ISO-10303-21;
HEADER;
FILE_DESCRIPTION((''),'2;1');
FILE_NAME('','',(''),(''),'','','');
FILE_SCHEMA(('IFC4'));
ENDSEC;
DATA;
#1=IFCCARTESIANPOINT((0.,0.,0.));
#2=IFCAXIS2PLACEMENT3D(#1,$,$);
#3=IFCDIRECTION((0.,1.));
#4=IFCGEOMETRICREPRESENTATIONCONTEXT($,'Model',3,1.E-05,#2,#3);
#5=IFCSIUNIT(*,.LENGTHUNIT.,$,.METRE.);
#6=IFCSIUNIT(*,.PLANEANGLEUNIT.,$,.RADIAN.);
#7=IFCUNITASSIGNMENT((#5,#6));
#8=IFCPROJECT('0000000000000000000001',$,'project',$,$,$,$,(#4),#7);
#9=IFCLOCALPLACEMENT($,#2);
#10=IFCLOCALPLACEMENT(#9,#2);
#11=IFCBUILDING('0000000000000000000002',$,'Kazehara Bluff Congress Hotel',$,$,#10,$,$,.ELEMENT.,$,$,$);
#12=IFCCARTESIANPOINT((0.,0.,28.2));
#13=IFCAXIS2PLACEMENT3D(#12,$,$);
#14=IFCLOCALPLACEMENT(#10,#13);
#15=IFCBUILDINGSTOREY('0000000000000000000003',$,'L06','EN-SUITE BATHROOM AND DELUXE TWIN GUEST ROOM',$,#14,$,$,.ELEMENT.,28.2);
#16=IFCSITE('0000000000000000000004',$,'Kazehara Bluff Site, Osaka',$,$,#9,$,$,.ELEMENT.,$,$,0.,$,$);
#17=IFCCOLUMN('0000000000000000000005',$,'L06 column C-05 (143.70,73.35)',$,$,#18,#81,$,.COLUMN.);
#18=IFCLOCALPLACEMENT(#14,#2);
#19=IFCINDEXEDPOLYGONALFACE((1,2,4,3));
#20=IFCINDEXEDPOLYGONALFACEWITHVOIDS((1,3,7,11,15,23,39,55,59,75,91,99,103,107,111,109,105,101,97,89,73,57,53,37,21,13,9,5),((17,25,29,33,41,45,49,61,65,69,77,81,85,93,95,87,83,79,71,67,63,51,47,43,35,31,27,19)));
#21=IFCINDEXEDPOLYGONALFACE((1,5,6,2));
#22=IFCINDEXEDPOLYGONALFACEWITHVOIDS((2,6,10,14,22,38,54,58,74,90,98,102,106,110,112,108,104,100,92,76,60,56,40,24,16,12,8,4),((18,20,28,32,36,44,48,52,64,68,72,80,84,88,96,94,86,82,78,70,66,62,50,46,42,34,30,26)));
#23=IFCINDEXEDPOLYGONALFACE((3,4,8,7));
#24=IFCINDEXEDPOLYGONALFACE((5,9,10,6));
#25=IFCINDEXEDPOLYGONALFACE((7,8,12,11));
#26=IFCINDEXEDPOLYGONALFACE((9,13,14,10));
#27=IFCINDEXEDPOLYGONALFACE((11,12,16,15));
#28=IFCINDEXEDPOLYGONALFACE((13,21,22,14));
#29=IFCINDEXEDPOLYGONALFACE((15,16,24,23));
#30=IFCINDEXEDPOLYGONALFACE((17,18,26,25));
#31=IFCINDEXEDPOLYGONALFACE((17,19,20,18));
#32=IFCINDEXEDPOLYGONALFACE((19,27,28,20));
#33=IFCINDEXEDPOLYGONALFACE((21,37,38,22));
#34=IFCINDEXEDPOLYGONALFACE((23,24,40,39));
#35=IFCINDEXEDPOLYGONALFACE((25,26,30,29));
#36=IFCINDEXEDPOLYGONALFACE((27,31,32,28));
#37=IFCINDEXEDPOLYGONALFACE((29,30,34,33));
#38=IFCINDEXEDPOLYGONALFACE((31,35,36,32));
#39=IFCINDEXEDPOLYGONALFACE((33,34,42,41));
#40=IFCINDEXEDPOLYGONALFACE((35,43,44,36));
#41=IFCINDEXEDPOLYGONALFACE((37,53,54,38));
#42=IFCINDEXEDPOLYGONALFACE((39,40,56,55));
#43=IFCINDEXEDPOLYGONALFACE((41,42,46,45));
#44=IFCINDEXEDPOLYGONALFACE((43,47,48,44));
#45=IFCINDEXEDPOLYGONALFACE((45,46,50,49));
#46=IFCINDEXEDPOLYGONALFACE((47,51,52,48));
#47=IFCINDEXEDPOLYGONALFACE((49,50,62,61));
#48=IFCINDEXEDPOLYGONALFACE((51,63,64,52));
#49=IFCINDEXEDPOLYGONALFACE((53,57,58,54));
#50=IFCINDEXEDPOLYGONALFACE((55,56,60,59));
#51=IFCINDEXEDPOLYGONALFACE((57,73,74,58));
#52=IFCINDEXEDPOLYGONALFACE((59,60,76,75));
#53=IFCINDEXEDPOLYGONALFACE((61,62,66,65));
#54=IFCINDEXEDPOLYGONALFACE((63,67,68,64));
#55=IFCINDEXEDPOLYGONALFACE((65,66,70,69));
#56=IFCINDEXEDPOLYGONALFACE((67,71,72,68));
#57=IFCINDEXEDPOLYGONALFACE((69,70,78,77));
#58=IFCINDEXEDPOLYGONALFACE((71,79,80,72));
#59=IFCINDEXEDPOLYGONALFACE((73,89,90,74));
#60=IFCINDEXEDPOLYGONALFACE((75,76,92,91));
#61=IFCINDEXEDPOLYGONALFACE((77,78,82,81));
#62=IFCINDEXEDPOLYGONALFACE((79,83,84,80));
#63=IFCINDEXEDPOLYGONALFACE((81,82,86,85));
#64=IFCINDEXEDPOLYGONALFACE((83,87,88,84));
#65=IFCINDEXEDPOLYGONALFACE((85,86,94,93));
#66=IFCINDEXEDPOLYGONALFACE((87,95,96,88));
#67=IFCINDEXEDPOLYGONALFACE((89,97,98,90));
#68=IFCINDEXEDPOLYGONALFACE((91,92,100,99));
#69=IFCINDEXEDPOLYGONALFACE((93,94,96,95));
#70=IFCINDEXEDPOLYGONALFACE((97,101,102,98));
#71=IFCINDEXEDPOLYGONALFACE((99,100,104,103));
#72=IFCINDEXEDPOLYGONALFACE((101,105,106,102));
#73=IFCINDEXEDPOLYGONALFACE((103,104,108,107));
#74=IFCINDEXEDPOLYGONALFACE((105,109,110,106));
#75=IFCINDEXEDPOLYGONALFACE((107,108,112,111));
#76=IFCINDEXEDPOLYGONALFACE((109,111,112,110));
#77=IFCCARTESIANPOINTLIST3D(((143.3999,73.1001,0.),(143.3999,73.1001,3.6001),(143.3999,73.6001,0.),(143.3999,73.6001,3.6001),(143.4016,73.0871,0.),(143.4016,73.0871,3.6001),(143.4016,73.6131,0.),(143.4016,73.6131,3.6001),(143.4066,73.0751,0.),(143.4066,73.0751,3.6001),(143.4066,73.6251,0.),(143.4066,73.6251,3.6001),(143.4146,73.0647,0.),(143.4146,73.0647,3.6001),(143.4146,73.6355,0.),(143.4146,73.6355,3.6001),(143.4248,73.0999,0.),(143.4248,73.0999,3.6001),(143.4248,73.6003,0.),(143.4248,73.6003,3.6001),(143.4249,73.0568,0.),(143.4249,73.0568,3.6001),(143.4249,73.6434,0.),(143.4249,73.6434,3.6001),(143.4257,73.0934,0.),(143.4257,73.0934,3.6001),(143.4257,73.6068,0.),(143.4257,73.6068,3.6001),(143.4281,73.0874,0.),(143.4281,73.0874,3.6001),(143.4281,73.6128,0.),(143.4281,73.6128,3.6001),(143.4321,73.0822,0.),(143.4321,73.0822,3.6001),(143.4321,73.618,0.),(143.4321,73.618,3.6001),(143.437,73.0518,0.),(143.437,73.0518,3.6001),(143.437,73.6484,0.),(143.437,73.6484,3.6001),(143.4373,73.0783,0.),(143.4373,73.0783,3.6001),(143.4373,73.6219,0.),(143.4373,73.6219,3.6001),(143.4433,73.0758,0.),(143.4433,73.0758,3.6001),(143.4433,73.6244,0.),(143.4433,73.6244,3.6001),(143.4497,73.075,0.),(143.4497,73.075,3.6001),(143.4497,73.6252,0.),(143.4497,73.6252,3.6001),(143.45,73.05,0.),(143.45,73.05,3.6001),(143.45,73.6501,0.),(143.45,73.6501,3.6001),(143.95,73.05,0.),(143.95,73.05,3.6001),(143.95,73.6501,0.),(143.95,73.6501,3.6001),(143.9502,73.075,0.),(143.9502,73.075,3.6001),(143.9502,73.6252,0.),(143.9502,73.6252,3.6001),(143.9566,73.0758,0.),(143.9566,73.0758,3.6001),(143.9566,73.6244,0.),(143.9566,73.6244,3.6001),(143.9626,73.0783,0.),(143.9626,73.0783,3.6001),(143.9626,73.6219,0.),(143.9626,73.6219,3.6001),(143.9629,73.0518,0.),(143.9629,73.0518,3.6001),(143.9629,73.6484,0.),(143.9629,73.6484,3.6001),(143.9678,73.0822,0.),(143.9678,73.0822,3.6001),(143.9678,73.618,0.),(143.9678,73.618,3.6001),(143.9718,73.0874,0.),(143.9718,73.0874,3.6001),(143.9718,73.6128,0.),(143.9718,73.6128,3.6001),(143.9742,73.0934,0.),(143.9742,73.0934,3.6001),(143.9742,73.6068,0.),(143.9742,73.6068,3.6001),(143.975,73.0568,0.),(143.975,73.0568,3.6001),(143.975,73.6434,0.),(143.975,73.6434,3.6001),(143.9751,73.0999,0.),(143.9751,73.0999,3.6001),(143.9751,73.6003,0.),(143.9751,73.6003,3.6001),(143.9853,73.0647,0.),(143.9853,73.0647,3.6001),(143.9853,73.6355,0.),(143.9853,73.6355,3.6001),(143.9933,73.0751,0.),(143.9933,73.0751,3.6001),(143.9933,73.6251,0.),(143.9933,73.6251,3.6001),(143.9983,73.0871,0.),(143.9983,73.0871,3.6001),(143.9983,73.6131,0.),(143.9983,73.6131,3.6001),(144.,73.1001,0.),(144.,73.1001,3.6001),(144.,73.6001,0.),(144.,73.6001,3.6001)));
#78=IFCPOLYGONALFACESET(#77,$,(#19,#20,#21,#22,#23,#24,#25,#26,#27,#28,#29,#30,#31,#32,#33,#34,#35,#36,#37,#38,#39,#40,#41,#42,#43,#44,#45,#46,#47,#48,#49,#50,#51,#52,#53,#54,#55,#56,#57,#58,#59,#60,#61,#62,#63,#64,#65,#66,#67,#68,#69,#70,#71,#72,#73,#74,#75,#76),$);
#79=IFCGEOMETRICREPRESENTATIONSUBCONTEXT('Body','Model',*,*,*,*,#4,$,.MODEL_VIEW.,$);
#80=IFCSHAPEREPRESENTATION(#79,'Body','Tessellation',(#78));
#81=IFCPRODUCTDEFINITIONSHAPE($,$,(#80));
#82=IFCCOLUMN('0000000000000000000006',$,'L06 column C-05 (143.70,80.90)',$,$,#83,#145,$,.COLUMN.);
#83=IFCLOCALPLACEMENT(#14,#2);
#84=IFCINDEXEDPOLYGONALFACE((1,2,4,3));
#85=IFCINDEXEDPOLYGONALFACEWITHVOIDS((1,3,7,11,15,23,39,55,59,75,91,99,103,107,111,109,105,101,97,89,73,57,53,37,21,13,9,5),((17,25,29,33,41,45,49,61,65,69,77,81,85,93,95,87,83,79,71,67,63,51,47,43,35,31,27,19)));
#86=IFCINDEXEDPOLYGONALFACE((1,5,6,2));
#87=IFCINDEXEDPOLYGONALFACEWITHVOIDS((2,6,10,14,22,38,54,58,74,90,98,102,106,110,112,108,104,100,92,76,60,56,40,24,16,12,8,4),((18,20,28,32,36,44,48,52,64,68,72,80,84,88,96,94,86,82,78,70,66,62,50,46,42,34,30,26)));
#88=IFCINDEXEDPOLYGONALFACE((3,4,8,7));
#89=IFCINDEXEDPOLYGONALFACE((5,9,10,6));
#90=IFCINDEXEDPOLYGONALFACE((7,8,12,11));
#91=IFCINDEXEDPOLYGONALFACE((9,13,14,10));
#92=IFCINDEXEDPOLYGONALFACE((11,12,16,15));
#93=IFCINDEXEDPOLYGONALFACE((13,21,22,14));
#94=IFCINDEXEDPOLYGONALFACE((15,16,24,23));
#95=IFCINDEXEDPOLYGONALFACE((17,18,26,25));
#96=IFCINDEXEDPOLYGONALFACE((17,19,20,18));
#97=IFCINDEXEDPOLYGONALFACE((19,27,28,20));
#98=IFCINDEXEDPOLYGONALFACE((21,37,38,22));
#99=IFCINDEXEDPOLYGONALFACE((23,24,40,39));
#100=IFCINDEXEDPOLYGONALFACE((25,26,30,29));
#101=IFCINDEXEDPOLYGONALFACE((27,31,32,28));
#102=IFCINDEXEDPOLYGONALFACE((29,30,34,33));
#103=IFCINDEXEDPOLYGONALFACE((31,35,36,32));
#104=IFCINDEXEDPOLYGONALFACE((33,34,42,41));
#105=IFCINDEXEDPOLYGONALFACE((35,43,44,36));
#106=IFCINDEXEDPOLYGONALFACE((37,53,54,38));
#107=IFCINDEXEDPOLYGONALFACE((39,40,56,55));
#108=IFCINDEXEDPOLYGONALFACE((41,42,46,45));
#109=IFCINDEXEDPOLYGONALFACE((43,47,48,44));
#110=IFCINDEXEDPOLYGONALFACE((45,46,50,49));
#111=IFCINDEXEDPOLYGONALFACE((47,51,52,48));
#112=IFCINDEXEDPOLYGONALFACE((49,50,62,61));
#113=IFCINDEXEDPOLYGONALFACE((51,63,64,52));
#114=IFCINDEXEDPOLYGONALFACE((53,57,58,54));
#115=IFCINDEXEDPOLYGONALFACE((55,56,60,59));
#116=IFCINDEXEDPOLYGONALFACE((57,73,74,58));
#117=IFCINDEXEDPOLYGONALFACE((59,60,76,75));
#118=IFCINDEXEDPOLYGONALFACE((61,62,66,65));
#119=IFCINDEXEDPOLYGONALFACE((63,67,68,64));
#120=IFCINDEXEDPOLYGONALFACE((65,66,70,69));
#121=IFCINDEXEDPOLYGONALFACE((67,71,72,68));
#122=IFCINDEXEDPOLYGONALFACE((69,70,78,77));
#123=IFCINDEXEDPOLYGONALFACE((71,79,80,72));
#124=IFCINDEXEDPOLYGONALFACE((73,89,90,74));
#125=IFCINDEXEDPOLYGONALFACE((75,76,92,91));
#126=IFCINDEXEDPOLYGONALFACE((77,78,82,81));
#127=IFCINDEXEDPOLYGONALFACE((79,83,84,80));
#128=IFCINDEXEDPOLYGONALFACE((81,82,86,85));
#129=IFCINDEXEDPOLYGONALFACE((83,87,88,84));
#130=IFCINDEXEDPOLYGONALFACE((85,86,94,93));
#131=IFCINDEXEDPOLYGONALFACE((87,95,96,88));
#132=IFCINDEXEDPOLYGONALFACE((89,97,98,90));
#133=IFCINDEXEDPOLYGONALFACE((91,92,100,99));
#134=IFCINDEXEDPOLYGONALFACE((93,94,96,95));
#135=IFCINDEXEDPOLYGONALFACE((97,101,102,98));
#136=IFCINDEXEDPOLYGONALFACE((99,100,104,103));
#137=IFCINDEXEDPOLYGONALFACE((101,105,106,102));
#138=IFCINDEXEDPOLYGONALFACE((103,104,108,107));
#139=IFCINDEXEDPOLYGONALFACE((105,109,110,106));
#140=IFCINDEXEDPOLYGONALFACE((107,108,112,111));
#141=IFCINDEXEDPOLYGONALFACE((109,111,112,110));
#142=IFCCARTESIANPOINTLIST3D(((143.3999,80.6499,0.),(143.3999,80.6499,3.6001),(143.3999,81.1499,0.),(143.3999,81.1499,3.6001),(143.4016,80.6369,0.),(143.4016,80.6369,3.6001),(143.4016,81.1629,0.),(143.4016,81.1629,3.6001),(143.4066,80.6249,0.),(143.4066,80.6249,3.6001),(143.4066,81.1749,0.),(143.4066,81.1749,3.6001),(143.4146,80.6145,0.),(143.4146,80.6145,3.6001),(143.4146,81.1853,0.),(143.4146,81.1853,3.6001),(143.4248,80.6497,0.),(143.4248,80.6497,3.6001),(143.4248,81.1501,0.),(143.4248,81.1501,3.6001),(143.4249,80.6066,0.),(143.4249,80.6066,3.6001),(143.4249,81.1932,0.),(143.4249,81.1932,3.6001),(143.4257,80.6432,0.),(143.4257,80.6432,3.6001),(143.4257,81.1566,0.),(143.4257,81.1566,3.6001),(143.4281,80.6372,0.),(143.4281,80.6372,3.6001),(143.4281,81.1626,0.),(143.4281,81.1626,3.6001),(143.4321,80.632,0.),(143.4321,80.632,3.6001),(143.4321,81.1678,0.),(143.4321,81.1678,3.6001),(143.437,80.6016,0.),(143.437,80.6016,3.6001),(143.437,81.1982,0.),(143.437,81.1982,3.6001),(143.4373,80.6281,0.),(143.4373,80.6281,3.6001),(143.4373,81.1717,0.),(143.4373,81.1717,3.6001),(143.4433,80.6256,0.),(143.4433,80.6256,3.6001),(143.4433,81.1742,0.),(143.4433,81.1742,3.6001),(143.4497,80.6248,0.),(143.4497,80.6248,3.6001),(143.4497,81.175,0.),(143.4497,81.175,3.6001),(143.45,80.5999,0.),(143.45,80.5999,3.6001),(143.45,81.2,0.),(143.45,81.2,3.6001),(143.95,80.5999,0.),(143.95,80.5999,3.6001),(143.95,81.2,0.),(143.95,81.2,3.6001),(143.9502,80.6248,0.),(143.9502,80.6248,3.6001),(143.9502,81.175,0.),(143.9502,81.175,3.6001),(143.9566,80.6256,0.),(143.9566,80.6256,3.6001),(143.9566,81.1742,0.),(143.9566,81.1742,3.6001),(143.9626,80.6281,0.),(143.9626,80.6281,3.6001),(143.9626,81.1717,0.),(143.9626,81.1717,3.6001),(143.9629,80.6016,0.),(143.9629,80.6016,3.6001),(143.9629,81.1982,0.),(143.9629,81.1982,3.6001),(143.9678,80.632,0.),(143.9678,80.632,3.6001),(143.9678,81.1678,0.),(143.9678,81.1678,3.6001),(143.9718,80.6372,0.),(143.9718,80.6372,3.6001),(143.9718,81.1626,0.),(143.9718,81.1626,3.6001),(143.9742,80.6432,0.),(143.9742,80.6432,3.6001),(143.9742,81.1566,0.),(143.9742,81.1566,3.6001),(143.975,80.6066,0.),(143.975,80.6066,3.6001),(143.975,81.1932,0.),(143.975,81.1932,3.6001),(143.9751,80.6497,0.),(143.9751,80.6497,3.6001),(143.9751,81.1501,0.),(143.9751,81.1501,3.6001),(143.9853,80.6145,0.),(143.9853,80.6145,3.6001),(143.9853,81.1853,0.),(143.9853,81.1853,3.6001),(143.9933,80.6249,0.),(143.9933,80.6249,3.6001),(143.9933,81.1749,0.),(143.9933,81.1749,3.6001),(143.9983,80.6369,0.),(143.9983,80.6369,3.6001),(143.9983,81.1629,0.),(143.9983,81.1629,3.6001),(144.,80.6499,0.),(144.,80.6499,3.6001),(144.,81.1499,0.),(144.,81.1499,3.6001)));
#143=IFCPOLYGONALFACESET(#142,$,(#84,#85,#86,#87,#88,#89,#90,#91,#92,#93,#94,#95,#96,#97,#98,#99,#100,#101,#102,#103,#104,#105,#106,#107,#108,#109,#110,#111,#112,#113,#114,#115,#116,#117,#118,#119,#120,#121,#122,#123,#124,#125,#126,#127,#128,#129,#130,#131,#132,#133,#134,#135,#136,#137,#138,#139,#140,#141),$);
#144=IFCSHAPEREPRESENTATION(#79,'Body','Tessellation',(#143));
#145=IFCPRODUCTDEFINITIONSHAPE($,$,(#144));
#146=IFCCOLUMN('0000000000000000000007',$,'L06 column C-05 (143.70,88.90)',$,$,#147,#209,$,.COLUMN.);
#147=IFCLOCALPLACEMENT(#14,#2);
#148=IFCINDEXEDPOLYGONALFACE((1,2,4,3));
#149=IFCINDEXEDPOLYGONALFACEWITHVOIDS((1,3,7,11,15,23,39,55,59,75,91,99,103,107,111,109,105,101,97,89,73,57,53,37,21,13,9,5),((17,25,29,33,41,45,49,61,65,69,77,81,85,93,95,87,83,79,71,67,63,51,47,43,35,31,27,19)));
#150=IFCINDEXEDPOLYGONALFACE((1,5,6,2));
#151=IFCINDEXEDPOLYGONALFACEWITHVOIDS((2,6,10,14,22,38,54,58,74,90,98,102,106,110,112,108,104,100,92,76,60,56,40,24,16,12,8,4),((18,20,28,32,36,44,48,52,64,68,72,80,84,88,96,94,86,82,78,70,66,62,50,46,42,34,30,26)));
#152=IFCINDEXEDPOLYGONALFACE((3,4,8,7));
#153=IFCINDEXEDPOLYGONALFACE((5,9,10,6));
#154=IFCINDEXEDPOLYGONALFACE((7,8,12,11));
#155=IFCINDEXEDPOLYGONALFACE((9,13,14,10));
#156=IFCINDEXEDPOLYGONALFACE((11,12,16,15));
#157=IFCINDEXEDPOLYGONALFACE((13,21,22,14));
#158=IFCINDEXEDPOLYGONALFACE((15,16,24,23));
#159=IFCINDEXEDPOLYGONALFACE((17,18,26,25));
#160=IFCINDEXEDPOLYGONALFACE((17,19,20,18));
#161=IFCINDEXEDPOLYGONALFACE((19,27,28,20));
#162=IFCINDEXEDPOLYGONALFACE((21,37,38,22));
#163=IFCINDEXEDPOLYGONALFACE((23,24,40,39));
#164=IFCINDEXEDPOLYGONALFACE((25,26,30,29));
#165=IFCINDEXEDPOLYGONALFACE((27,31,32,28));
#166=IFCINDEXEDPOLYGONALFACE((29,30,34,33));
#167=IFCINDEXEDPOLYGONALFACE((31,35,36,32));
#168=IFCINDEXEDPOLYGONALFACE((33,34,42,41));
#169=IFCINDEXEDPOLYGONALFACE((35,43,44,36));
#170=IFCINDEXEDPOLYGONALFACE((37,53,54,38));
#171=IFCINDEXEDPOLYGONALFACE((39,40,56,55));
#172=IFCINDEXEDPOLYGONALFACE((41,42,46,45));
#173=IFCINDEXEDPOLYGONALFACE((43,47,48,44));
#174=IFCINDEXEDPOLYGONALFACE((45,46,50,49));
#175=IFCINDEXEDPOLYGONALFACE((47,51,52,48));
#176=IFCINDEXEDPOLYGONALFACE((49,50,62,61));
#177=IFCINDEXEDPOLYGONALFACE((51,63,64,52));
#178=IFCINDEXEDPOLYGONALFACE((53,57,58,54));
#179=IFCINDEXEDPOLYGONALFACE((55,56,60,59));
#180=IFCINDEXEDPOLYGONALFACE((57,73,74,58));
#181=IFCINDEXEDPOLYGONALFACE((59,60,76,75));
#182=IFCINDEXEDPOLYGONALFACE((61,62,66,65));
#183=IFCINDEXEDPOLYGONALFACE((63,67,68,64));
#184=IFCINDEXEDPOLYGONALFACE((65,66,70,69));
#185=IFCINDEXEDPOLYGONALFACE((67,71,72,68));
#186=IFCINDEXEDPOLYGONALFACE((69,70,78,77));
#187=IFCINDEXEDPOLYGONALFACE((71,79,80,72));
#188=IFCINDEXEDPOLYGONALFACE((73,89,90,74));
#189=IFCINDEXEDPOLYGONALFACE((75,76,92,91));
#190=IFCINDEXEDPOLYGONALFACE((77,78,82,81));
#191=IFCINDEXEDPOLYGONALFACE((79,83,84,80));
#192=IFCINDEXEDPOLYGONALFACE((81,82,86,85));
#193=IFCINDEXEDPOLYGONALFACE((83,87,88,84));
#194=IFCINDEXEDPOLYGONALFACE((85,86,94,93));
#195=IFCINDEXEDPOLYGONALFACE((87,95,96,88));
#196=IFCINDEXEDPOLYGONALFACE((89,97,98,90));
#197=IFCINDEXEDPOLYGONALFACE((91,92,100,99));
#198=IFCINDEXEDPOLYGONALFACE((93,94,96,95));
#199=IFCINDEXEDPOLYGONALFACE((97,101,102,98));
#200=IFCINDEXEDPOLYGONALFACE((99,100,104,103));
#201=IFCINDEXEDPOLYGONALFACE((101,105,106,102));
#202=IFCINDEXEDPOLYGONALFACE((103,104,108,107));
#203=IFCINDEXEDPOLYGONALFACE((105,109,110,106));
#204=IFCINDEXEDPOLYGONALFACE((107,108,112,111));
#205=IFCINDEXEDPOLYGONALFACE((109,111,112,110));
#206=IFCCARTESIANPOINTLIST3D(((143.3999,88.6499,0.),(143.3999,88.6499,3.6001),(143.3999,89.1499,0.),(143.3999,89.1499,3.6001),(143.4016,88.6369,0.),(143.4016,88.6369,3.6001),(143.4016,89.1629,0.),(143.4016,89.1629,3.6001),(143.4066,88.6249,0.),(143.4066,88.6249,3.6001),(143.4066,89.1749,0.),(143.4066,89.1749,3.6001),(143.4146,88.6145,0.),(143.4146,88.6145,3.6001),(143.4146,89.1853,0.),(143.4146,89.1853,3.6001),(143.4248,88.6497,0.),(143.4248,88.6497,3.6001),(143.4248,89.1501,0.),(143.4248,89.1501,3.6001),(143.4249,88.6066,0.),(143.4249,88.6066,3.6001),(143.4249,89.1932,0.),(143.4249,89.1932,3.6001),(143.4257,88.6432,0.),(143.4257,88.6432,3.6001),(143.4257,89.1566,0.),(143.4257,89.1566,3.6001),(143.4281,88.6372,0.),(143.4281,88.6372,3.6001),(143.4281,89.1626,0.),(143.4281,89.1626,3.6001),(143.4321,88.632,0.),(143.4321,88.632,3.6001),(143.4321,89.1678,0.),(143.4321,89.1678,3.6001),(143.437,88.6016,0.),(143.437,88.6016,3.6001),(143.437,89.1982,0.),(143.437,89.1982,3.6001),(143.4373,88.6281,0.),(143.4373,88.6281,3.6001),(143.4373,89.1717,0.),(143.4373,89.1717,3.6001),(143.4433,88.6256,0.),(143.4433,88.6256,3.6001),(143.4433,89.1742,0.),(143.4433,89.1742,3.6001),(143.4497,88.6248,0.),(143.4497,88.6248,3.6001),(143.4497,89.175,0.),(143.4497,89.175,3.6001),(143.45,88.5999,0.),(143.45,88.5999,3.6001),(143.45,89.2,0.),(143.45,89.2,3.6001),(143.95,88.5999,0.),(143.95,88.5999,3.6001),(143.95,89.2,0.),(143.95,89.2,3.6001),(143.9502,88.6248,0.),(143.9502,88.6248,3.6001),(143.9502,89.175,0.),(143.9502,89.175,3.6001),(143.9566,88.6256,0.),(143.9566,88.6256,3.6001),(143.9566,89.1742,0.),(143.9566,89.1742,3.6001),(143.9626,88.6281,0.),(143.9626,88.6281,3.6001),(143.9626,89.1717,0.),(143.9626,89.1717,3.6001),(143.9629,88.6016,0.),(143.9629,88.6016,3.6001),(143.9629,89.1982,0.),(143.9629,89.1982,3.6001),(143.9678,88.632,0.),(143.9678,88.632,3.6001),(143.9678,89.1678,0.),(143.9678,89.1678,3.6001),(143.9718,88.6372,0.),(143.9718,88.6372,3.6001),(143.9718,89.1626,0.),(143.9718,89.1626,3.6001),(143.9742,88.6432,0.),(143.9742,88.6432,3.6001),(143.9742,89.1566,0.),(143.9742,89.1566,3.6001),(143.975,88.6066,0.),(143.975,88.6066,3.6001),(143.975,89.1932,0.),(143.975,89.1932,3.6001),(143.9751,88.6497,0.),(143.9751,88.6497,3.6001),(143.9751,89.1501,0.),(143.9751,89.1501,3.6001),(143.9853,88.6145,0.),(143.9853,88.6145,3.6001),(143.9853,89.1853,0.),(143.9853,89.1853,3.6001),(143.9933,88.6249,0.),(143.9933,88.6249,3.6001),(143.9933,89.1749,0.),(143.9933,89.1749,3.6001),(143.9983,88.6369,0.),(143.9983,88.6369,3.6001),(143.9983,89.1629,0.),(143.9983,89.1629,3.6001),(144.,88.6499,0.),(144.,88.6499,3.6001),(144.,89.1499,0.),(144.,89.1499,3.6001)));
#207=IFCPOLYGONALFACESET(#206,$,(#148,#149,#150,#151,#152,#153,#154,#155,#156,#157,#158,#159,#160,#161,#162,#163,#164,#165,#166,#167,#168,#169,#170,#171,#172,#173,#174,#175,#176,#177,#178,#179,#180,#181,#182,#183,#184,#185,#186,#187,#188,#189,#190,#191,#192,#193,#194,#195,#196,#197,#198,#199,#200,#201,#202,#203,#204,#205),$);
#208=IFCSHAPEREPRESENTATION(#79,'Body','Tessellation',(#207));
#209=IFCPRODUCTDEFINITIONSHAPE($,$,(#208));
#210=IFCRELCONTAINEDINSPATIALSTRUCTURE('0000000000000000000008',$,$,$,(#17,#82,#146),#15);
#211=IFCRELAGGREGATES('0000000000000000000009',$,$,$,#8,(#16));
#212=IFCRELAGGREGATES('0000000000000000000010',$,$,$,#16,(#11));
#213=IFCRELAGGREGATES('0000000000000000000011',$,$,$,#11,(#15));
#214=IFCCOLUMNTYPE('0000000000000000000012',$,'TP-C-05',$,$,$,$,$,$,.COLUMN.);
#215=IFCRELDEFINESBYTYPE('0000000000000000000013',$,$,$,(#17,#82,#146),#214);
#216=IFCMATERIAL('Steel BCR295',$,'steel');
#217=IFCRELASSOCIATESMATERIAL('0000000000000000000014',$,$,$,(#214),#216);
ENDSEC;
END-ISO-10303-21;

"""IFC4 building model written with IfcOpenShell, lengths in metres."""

from ifc_helpers import new_model, si_unit, direction, frame, origin, origin_2d, place, context, subcontext, project, spatial, hollow_rectangle, extrude, material, material_profile, profile_set, type_object, element, save


model = new_model("IFC4")

# Units and contexts
model_context = context("Model", 3, precision=1e-05, world=origin(), true_north=direction((0.0, 1.0)))
body_context = subcontext(model_context, "Body", "Model", "MODEL_VIEW")
ifc_project = project(units=[si_unit("LENGTHUNIT", "METRE"), si_unit("PLANEANGLEUNIT", "RADIAN")], contexts=[model_context])

# Site, building, storey
site_placement = place(None, origin())
site = spatial("IfcSite", under=ifc_project, at=site_placement, Name="Kazehara Bluff Site, Osaka", CompositionType="ELEMENT", RefElevation=0.0)
building_placement = place(site_placement, origin())
building = spatial("IfcBuilding", under=site, at=building_placement, Name="Kazehara Bluff Congress Hotel", CompositionType="ELEMENT")
storey_placement = place(building_placement, frame((0.0, 0.0, 28.2)))
storey = spatial("IfcBuildingStorey", under=building, at=storey_placement, Name="L06", Description="EN-SUITE BATHROOM AND DELUXE TWIN GUEST ROOM", CompositionType="ELEMENT", Elevation=28.2)

# Columns
ifc_material_1 = material(Name="Steel BCR295", Category="steel")
ifc_material_profile_1 = material_profile(ifc_material_1, hollow_rectangle(XDim=0.6001, YDim=0.6001, WallThickness=0.0249, InnerFilletRadius=0.0249, OuterFilletRadius=0.05, at=origin_2d()))
ifc_profile_set_1 = profile_set([ifc_material_profile_1], Name="Steel BCR295")
column_type = type_object("IfcColumnType", Name="TP-C-05", PredefinedType="COLUMN", material=ifc_profile_set_1)
for number, where, z_axis, x_axis, name in (
    (1, (143.7, 73.3501, 0.0), (0.0, 0.0, 1.0), (1.0, 0.0, 0.0), "L06 column C-05 (143.70,73.35)"),
    (2, (143.7, 80.8999, 0.0), (0.0, 0.0, 1.0), (1.0, 0.0, 0.0), "L06 column C-05 (143.70,80.90)"),
    (3, (143.7, 88.8999, 0.0), (0.0, 0.0, 1.0), (1.0, 0.0, 0.0), "L06 column C-05 (143.70,88.90)"),
):
    element("IfcColumn", number, at=place(storey_placement, frame(where, z_axis=z_axis, x_axis=x_axis)), inside=storey, type_object=column_type, Name=name, PredefinedType="COLUMN", context=body_context, shape_type="SweptSolid", body=[
        extrude(hollow_rectangle(XDim=0.6001, YDim=0.6001, WallThickness=0.0249, InnerFilletRadius=0.0249, OuterFilletRadius=0.05, at=origin_2d()), origin(), (0.0, 0.0, 1.0), 3.6001),
    ])

save(model, "model.ifc")
